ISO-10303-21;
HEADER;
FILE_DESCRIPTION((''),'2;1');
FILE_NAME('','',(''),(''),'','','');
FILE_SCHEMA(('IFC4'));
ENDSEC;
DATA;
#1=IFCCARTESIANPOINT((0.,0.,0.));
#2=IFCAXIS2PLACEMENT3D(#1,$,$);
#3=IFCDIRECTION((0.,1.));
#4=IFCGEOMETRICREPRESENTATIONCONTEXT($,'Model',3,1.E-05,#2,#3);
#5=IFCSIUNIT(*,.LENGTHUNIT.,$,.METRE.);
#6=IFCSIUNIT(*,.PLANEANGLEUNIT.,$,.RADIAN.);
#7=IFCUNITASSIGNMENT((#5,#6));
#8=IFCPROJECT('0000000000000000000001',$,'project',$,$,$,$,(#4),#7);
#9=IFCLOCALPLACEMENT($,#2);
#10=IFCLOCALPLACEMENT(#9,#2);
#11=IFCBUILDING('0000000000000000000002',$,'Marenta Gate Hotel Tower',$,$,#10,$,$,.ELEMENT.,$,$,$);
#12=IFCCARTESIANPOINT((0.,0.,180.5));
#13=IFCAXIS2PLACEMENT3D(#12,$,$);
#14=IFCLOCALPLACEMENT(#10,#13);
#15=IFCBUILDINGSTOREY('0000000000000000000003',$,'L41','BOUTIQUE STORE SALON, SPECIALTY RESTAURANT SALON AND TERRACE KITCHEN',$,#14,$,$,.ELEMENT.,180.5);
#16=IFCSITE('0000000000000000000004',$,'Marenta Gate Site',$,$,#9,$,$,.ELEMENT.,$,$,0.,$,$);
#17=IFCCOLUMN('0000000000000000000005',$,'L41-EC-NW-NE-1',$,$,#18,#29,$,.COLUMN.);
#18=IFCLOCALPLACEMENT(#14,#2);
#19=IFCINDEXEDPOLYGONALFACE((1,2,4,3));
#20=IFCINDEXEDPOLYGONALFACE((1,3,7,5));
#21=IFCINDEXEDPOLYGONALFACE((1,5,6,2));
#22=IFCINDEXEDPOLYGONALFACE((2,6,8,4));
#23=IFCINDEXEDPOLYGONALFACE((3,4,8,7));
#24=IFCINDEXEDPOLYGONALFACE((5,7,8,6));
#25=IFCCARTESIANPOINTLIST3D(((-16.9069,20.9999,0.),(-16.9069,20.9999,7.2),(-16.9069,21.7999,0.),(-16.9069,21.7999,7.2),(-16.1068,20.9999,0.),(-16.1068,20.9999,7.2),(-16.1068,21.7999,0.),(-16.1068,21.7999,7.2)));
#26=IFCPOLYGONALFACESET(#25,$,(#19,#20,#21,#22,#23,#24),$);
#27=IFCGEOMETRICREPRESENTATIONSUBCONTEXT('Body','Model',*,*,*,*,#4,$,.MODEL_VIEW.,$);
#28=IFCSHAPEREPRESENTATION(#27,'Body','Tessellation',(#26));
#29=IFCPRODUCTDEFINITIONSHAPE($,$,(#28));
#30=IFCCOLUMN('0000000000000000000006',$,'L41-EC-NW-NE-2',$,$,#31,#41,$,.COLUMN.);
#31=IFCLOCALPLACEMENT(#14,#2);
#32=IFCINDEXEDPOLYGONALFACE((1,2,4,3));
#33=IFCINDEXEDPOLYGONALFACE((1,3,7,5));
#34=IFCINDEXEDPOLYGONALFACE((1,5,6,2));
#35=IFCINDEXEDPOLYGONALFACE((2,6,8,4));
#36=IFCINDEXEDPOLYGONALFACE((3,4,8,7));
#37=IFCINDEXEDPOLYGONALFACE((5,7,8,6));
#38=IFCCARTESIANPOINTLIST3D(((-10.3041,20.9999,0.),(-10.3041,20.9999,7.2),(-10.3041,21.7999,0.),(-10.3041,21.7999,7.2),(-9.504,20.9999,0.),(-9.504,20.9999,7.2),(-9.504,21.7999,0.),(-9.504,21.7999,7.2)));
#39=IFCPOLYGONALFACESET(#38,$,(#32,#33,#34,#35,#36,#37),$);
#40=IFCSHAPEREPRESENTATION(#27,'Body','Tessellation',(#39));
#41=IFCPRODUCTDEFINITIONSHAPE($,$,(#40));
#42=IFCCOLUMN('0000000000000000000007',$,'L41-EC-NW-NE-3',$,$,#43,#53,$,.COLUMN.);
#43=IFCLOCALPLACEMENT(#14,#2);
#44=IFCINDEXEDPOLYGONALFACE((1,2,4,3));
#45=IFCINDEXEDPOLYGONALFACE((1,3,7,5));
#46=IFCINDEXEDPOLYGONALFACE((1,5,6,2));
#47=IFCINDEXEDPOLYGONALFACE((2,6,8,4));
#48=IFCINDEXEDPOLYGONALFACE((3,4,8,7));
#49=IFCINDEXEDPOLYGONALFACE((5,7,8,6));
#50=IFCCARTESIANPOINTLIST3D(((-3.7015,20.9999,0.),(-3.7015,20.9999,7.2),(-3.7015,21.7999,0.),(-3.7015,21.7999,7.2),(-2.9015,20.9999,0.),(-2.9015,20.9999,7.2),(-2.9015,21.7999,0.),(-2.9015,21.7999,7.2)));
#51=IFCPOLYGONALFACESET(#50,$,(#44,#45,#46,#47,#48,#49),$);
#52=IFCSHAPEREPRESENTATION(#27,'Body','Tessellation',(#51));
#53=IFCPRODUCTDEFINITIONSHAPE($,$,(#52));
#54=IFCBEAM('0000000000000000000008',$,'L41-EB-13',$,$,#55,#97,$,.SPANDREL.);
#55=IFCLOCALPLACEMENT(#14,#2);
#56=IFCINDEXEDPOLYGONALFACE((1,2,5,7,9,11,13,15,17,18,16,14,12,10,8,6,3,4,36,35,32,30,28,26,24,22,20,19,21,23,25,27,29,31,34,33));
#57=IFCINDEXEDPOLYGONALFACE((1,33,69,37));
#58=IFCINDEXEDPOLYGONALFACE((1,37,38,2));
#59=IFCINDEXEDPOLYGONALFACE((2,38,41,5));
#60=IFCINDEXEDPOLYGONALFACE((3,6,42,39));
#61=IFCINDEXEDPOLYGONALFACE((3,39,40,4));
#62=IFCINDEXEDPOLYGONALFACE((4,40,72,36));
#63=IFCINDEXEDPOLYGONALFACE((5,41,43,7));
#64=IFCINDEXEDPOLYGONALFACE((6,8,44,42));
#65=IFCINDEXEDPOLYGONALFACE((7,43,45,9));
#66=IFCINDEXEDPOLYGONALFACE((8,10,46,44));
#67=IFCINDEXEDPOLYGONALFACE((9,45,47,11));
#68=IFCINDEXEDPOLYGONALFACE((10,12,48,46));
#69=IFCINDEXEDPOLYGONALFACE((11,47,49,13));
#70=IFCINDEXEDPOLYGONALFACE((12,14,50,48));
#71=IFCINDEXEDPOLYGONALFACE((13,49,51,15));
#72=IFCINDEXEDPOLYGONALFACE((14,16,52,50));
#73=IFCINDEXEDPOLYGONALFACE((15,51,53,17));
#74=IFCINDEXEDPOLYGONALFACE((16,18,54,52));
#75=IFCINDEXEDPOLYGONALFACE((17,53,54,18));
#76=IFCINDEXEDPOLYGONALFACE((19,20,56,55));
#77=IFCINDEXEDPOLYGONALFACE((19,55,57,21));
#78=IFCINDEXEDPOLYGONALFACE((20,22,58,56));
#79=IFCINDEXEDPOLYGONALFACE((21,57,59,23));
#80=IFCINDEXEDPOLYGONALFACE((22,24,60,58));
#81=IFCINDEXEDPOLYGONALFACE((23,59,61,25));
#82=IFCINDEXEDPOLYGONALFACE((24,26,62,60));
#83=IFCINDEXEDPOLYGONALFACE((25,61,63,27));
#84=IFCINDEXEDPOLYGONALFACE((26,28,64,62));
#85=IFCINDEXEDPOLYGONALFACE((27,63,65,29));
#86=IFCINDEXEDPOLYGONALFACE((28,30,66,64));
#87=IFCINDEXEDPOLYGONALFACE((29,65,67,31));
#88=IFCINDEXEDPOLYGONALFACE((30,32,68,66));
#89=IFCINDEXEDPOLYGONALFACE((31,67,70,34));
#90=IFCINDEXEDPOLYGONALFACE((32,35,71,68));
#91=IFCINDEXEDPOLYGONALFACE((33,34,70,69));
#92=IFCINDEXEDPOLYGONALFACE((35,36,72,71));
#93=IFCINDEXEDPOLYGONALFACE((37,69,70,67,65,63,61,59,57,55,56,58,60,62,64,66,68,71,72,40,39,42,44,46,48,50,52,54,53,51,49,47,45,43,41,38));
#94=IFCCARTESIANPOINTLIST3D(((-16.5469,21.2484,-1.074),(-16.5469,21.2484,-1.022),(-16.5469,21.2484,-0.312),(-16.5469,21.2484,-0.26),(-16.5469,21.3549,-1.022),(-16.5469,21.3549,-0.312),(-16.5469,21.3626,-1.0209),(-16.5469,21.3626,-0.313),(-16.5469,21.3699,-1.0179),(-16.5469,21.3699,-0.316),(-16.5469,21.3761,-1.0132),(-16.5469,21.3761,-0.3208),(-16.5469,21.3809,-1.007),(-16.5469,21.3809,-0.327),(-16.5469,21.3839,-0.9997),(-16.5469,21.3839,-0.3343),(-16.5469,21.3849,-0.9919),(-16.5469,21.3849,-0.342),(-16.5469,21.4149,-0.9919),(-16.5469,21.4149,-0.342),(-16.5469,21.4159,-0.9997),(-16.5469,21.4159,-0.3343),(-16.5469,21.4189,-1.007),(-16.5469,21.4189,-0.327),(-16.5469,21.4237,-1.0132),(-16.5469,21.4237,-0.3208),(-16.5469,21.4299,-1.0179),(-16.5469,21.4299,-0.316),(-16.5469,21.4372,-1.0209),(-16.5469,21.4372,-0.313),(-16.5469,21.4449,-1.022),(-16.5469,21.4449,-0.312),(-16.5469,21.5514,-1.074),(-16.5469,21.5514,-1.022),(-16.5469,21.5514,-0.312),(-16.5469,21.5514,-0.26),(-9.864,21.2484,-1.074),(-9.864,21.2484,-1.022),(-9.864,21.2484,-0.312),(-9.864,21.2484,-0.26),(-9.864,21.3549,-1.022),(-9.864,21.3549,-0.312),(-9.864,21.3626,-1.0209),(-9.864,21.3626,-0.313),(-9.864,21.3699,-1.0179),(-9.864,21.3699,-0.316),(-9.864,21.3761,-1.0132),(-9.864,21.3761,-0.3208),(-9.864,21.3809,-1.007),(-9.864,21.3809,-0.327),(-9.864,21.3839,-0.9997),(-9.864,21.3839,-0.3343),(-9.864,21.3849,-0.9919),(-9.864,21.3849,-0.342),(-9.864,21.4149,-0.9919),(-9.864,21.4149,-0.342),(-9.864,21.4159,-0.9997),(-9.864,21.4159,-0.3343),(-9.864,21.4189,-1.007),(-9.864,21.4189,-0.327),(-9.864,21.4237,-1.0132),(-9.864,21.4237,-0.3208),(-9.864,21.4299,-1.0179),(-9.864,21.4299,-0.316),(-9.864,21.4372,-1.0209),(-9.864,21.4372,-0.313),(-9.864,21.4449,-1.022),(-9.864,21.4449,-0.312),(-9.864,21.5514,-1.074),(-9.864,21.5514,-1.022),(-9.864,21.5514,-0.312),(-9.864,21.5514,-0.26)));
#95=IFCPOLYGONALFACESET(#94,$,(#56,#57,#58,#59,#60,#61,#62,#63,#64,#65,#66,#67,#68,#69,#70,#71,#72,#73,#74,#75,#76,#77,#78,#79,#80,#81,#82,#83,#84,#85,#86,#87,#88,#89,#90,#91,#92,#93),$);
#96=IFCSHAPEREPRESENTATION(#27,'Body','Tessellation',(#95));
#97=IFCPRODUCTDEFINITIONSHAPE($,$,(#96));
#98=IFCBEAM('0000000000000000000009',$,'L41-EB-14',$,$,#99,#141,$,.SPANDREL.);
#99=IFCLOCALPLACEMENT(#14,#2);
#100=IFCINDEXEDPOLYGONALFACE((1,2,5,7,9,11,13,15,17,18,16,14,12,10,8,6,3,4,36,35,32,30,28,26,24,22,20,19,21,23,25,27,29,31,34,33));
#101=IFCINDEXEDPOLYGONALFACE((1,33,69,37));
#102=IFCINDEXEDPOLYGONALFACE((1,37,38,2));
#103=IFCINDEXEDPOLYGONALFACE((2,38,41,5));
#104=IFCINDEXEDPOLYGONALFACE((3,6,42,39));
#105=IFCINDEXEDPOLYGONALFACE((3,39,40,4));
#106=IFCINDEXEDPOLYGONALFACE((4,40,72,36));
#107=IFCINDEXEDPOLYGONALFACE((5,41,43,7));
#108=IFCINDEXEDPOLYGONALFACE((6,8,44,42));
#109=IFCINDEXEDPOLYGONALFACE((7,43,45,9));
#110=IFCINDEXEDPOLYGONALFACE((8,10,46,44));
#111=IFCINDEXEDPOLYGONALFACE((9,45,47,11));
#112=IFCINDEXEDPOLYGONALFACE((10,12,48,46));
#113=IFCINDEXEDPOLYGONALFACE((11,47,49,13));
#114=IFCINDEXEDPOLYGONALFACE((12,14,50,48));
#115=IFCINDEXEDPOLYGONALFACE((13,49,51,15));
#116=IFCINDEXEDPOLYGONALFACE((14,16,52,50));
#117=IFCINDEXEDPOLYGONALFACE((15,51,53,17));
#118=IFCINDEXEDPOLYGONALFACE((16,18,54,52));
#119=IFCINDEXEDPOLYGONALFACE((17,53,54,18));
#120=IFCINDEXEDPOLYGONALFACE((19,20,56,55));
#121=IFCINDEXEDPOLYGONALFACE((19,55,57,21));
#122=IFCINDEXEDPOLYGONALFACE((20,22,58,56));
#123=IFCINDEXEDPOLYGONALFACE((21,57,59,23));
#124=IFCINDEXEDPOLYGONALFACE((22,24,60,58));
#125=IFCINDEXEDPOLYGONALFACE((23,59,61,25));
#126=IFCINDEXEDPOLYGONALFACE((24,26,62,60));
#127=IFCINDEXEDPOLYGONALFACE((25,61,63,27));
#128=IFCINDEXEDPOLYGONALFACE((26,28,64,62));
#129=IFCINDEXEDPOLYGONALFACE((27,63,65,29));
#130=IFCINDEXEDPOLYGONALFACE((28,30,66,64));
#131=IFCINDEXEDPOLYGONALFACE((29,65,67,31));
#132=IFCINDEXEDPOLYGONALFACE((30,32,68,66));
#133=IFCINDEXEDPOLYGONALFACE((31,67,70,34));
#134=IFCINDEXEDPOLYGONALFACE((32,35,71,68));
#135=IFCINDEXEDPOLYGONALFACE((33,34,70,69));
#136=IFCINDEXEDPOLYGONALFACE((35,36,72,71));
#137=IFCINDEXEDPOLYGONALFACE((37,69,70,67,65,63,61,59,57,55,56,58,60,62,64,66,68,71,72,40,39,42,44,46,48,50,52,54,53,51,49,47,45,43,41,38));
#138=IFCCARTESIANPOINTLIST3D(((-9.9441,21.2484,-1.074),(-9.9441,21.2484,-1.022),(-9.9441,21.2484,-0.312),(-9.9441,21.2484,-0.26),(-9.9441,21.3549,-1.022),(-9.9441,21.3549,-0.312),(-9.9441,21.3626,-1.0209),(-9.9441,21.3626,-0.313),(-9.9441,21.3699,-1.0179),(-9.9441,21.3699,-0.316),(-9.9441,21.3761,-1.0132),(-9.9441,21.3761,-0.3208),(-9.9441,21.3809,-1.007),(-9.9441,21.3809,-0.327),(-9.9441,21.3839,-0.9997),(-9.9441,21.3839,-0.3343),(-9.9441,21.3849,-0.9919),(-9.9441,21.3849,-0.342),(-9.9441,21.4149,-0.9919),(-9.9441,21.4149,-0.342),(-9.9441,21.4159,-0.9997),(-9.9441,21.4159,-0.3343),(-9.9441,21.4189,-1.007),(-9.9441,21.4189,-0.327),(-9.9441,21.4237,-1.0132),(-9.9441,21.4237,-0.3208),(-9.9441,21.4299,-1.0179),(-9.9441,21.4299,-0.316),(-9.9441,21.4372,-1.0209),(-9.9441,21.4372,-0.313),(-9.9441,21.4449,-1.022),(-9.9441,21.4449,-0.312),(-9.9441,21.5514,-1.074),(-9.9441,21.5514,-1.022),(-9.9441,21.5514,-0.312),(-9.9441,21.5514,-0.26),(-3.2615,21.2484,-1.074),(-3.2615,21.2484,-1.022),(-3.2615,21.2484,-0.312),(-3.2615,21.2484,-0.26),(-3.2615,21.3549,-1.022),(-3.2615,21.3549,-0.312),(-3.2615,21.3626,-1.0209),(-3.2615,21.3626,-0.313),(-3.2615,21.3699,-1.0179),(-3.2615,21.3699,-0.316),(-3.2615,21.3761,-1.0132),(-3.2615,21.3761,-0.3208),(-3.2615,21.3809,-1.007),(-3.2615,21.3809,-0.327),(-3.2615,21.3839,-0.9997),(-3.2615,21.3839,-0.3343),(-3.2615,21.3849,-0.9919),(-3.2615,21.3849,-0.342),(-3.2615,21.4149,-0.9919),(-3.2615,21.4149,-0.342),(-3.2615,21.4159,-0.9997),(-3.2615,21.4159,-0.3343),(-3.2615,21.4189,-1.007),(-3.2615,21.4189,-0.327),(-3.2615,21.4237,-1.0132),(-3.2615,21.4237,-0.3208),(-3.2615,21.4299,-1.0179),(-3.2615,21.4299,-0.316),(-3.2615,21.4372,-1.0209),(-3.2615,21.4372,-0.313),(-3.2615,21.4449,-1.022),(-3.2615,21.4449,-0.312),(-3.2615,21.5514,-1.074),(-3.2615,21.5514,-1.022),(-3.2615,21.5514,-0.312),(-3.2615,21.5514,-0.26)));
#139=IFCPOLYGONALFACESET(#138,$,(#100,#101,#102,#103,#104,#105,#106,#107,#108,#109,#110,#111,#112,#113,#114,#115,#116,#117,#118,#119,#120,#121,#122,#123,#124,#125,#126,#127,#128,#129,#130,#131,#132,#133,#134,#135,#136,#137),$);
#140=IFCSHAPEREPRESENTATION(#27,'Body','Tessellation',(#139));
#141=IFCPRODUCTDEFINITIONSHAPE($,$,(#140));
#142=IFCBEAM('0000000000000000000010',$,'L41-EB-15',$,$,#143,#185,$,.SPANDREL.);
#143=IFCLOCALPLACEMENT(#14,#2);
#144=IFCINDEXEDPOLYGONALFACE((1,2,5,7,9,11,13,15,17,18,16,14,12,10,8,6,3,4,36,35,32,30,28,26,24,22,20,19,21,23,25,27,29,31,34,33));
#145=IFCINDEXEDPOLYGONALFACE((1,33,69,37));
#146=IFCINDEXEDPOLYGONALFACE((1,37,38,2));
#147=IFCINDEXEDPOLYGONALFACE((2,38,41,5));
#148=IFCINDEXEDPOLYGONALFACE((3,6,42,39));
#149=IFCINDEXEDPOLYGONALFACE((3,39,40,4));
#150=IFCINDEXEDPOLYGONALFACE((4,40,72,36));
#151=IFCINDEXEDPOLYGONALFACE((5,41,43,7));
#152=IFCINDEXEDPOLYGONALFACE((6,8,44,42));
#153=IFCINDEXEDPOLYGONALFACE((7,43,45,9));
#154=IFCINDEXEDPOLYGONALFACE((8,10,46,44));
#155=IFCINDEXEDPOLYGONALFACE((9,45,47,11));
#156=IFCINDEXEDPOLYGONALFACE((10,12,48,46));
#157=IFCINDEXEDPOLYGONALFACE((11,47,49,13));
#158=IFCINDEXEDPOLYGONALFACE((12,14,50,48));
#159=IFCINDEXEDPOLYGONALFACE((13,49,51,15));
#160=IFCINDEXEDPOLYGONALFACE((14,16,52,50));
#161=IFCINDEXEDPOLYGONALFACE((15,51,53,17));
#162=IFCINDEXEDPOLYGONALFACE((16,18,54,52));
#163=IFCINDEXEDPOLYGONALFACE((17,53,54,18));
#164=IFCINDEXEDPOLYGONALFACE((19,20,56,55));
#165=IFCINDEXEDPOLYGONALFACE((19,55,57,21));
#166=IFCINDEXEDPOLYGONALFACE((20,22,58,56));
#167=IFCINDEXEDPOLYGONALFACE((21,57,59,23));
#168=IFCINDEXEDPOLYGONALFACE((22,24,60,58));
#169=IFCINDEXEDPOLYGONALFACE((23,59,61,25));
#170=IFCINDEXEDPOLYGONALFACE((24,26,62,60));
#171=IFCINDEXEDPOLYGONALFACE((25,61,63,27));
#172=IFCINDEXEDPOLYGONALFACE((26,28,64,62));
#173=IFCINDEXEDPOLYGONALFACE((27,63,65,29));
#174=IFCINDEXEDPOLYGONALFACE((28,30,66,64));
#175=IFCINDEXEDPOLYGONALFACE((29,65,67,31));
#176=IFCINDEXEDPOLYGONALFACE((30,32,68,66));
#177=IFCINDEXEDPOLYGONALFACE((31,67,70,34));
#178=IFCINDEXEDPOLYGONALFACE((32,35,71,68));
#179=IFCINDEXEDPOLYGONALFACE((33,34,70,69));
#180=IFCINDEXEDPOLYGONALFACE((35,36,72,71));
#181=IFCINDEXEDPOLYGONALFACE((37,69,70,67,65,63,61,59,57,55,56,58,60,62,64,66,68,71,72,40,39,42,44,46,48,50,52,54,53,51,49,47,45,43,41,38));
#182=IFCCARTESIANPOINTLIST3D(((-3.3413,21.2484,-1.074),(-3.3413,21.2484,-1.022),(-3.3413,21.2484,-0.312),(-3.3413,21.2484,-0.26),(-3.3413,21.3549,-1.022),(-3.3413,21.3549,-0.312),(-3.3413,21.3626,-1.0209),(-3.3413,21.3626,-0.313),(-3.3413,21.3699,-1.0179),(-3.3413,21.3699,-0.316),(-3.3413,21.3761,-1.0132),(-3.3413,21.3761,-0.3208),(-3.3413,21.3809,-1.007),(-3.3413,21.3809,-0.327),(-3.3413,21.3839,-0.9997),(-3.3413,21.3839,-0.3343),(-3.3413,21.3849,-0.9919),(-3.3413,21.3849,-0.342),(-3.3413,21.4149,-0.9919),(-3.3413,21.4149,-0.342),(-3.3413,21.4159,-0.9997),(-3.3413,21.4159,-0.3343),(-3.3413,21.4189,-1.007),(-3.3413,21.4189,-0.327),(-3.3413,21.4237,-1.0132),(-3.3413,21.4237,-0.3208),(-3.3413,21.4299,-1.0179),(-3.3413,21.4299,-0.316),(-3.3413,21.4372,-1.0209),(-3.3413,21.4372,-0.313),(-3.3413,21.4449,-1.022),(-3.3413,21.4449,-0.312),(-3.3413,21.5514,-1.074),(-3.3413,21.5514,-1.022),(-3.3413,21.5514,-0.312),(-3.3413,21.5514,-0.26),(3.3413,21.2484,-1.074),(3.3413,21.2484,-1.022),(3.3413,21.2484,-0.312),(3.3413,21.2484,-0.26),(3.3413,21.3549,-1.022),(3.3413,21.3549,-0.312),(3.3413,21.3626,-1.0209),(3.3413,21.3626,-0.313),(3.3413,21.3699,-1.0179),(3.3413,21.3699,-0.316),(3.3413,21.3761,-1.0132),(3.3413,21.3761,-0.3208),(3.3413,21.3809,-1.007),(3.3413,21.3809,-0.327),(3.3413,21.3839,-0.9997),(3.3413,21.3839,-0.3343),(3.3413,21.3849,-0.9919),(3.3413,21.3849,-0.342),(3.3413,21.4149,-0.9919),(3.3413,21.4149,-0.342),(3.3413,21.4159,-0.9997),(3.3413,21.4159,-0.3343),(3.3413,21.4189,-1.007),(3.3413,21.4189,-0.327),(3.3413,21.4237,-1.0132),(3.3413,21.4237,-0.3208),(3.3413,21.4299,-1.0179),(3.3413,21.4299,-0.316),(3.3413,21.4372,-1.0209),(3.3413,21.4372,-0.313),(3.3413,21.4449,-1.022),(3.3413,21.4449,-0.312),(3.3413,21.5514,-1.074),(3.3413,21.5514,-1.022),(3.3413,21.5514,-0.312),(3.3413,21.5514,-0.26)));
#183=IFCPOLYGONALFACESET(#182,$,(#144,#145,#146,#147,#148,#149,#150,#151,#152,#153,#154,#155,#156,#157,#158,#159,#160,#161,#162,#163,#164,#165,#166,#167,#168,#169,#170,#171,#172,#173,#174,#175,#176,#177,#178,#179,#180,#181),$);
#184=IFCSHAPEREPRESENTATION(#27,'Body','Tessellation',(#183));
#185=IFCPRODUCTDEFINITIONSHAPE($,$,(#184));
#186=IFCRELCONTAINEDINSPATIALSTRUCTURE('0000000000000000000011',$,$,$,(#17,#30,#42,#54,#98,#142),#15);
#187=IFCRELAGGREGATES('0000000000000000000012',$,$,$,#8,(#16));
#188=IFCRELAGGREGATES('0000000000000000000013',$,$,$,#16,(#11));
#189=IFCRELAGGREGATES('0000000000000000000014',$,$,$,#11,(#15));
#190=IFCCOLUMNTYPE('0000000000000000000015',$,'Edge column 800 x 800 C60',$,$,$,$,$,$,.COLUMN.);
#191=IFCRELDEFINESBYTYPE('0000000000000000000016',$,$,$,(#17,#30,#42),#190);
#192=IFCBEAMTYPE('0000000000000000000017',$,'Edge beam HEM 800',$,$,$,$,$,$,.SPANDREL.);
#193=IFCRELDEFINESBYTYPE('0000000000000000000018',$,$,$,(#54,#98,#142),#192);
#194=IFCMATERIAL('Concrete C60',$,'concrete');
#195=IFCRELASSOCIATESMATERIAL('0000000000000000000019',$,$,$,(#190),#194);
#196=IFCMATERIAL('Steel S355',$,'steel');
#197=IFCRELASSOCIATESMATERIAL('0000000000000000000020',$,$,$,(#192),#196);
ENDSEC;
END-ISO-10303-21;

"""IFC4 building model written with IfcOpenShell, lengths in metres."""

from ifc_helpers import new_model, si_unit, direction, frame, origin, origin_2d, place, context, subcontext, project, spatial, rectangle, i_section, extrude, material, material_profile, profile_set, type_object, element, save


model = new_model("IFC4")

# Units and contexts
model_context = context("Model", 3, precision=1e-05, world=origin(), true_north=direction((0.0, 1.0)))
body_context = subcontext(model_context, "Body", "Model", "MODEL_VIEW")
ifc_project = project(units=[si_unit("LENGTHUNIT", "METRE"), si_unit("PLANEANGLEUNIT", "RADIAN")], contexts=[model_context])

# Site, building, storey
site_placement = place(None, origin())
site = spatial("IfcSite", under=ifc_project, at=site_placement, Name="Marenta Gate Site", CompositionType="ELEMENT", RefElevation=0.0)
building_placement = place(site_placement, origin())
building = spatial("IfcBuilding", under=site, at=building_placement, Name="Marenta Gate Hotel Tower", CompositionType="ELEMENT")
storey_placement = place(building_placement, frame((0.0, 0.0, 180.5)))
storey = spatial("IfcBuildingStorey", under=building, at=storey_placement, Name="L41", Description="BOUTIQUE STORE SALON, SPECIALTY RESTAURANT SALON AND TERRACE KITCHEN", CompositionType="ELEMENT", Elevation=180.5)

# Columns
ifc_material_1 = material(Name="Concrete C60", Category="concrete")
ifc_material_profile_1 = material_profile(ifc_material_1, rectangle(XDim=0.8, YDim=0.8, at=origin_2d()), Name="800 x 800")
ifc_profile_set_1 = profile_set([ifc_material_profile_1], Name="Concrete C60")
column_type = type_object("IfcColumnType", Name="Edge column 800 x 800 C60", PredefinedType="COLUMN", material=ifc_profile_set_1)
for number, where, z_axis, x_axis, name in (
    (1, (-16.5068, 21.3999, 0.0), (0.0, 0.0, 1.0), (1.0, 0.0, 0.0), "L41-EC-NW-NE-1"),
    (2, (-9.9041, 21.3999, 0.0), (0.0, 0.0, 1.0), (1.0, 0.0, 0.0), "L41-EC-NW-NE-2"),
    (3, (-3.3015, 21.3999, 0.0), (0.0, 0.0, 1.0), (1.0, 0.0, 0.0), "L41-EC-NW-NE-3"),
):
    element("IfcColumn", number, at=place(storey_placement, frame(where, z_axis=z_axis, x_axis=x_axis)), inside=storey, type_object=column_type, Name=name, PredefinedType="COLUMN", context=body_context, shape_type="SweptSolid", body=[
        extrude(rectangle(XDim=0.8, YDim=0.8, at=origin_2d()), origin(), (0.0, 0.0, 1.0), 7.2),
    ])

# Beams
ifc_material_2 = material(Name="Steel S355", Category="steel")
ifc_material_profile_2 = material_profile(ifc_material_2, i_section(OverallWidth=0.303, OverallDepth=0.814, WebThickness=0.03, FlangeThickness=0.052, FilletRadius=0.03, at=origin_2d()), Name="HEM 800")
ifc_profile_set_2 = profile_set([ifc_material_profile_2], Name="Steel S355")
beam_type_1 = type_object("IfcBeamType", Name="Edge beam HEM 800", PredefinedType="SPANDREL", material=ifc_profile_set_2)
beam_1_placement = place(storey_placement, frame((-16.5469, 21.3999, -0.667), z_axis=(1.0, 0.0, 0.0), x_axis=(0.0, 1.0, 0.0)))
element("IfcBeam", 4, at=beam_1_placement, inside=storey, type_object=beam_type_1, Name="L41-EB-13", PredefinedType="SPANDREL", context=body_context, shape_type="SweptSolid", body=[
    extrude(i_section(OverallWidth=0.303, OverallDepth=0.814, WebThickness=0.03, FlangeThickness=0.052, FilletRadius=0.03, at=origin_2d()), origin(), (0.0, 0.0, 1.0), 6.6829),
])
for number, where, z_axis, x_axis, name in (
    (5, (-9.9441, 21.3999, -0.667), (1.0, 0.0, 0.0), (0.0, 1.0, 0.0), "L41-EB-14"),
    (6, (-3.3413, 21.3999, -0.667), (1.0, 0.0, 0.0), (0.0, 1.0, 0.0), "L41-EB-15"),
):
    element("IfcBeam", number, at=place(storey_placement, frame(where, z_axis=z_axis, x_axis=x_axis)), inside=storey, type_object=beam_type_1, Name=name, PredefinedType="SPANDREL", context=body_context, shape_type="SweptSolid", body=[
        extrude(i_section(OverallWidth=0.303, OverallDepth=0.814, WebThickness=0.03, FlangeThickness=0.052, FilletRadius=0.03, at=origin_2d()), origin(), (0.0, 0.0, 1.0), 6.6826),
    ])

save(model, "model.ifc")
